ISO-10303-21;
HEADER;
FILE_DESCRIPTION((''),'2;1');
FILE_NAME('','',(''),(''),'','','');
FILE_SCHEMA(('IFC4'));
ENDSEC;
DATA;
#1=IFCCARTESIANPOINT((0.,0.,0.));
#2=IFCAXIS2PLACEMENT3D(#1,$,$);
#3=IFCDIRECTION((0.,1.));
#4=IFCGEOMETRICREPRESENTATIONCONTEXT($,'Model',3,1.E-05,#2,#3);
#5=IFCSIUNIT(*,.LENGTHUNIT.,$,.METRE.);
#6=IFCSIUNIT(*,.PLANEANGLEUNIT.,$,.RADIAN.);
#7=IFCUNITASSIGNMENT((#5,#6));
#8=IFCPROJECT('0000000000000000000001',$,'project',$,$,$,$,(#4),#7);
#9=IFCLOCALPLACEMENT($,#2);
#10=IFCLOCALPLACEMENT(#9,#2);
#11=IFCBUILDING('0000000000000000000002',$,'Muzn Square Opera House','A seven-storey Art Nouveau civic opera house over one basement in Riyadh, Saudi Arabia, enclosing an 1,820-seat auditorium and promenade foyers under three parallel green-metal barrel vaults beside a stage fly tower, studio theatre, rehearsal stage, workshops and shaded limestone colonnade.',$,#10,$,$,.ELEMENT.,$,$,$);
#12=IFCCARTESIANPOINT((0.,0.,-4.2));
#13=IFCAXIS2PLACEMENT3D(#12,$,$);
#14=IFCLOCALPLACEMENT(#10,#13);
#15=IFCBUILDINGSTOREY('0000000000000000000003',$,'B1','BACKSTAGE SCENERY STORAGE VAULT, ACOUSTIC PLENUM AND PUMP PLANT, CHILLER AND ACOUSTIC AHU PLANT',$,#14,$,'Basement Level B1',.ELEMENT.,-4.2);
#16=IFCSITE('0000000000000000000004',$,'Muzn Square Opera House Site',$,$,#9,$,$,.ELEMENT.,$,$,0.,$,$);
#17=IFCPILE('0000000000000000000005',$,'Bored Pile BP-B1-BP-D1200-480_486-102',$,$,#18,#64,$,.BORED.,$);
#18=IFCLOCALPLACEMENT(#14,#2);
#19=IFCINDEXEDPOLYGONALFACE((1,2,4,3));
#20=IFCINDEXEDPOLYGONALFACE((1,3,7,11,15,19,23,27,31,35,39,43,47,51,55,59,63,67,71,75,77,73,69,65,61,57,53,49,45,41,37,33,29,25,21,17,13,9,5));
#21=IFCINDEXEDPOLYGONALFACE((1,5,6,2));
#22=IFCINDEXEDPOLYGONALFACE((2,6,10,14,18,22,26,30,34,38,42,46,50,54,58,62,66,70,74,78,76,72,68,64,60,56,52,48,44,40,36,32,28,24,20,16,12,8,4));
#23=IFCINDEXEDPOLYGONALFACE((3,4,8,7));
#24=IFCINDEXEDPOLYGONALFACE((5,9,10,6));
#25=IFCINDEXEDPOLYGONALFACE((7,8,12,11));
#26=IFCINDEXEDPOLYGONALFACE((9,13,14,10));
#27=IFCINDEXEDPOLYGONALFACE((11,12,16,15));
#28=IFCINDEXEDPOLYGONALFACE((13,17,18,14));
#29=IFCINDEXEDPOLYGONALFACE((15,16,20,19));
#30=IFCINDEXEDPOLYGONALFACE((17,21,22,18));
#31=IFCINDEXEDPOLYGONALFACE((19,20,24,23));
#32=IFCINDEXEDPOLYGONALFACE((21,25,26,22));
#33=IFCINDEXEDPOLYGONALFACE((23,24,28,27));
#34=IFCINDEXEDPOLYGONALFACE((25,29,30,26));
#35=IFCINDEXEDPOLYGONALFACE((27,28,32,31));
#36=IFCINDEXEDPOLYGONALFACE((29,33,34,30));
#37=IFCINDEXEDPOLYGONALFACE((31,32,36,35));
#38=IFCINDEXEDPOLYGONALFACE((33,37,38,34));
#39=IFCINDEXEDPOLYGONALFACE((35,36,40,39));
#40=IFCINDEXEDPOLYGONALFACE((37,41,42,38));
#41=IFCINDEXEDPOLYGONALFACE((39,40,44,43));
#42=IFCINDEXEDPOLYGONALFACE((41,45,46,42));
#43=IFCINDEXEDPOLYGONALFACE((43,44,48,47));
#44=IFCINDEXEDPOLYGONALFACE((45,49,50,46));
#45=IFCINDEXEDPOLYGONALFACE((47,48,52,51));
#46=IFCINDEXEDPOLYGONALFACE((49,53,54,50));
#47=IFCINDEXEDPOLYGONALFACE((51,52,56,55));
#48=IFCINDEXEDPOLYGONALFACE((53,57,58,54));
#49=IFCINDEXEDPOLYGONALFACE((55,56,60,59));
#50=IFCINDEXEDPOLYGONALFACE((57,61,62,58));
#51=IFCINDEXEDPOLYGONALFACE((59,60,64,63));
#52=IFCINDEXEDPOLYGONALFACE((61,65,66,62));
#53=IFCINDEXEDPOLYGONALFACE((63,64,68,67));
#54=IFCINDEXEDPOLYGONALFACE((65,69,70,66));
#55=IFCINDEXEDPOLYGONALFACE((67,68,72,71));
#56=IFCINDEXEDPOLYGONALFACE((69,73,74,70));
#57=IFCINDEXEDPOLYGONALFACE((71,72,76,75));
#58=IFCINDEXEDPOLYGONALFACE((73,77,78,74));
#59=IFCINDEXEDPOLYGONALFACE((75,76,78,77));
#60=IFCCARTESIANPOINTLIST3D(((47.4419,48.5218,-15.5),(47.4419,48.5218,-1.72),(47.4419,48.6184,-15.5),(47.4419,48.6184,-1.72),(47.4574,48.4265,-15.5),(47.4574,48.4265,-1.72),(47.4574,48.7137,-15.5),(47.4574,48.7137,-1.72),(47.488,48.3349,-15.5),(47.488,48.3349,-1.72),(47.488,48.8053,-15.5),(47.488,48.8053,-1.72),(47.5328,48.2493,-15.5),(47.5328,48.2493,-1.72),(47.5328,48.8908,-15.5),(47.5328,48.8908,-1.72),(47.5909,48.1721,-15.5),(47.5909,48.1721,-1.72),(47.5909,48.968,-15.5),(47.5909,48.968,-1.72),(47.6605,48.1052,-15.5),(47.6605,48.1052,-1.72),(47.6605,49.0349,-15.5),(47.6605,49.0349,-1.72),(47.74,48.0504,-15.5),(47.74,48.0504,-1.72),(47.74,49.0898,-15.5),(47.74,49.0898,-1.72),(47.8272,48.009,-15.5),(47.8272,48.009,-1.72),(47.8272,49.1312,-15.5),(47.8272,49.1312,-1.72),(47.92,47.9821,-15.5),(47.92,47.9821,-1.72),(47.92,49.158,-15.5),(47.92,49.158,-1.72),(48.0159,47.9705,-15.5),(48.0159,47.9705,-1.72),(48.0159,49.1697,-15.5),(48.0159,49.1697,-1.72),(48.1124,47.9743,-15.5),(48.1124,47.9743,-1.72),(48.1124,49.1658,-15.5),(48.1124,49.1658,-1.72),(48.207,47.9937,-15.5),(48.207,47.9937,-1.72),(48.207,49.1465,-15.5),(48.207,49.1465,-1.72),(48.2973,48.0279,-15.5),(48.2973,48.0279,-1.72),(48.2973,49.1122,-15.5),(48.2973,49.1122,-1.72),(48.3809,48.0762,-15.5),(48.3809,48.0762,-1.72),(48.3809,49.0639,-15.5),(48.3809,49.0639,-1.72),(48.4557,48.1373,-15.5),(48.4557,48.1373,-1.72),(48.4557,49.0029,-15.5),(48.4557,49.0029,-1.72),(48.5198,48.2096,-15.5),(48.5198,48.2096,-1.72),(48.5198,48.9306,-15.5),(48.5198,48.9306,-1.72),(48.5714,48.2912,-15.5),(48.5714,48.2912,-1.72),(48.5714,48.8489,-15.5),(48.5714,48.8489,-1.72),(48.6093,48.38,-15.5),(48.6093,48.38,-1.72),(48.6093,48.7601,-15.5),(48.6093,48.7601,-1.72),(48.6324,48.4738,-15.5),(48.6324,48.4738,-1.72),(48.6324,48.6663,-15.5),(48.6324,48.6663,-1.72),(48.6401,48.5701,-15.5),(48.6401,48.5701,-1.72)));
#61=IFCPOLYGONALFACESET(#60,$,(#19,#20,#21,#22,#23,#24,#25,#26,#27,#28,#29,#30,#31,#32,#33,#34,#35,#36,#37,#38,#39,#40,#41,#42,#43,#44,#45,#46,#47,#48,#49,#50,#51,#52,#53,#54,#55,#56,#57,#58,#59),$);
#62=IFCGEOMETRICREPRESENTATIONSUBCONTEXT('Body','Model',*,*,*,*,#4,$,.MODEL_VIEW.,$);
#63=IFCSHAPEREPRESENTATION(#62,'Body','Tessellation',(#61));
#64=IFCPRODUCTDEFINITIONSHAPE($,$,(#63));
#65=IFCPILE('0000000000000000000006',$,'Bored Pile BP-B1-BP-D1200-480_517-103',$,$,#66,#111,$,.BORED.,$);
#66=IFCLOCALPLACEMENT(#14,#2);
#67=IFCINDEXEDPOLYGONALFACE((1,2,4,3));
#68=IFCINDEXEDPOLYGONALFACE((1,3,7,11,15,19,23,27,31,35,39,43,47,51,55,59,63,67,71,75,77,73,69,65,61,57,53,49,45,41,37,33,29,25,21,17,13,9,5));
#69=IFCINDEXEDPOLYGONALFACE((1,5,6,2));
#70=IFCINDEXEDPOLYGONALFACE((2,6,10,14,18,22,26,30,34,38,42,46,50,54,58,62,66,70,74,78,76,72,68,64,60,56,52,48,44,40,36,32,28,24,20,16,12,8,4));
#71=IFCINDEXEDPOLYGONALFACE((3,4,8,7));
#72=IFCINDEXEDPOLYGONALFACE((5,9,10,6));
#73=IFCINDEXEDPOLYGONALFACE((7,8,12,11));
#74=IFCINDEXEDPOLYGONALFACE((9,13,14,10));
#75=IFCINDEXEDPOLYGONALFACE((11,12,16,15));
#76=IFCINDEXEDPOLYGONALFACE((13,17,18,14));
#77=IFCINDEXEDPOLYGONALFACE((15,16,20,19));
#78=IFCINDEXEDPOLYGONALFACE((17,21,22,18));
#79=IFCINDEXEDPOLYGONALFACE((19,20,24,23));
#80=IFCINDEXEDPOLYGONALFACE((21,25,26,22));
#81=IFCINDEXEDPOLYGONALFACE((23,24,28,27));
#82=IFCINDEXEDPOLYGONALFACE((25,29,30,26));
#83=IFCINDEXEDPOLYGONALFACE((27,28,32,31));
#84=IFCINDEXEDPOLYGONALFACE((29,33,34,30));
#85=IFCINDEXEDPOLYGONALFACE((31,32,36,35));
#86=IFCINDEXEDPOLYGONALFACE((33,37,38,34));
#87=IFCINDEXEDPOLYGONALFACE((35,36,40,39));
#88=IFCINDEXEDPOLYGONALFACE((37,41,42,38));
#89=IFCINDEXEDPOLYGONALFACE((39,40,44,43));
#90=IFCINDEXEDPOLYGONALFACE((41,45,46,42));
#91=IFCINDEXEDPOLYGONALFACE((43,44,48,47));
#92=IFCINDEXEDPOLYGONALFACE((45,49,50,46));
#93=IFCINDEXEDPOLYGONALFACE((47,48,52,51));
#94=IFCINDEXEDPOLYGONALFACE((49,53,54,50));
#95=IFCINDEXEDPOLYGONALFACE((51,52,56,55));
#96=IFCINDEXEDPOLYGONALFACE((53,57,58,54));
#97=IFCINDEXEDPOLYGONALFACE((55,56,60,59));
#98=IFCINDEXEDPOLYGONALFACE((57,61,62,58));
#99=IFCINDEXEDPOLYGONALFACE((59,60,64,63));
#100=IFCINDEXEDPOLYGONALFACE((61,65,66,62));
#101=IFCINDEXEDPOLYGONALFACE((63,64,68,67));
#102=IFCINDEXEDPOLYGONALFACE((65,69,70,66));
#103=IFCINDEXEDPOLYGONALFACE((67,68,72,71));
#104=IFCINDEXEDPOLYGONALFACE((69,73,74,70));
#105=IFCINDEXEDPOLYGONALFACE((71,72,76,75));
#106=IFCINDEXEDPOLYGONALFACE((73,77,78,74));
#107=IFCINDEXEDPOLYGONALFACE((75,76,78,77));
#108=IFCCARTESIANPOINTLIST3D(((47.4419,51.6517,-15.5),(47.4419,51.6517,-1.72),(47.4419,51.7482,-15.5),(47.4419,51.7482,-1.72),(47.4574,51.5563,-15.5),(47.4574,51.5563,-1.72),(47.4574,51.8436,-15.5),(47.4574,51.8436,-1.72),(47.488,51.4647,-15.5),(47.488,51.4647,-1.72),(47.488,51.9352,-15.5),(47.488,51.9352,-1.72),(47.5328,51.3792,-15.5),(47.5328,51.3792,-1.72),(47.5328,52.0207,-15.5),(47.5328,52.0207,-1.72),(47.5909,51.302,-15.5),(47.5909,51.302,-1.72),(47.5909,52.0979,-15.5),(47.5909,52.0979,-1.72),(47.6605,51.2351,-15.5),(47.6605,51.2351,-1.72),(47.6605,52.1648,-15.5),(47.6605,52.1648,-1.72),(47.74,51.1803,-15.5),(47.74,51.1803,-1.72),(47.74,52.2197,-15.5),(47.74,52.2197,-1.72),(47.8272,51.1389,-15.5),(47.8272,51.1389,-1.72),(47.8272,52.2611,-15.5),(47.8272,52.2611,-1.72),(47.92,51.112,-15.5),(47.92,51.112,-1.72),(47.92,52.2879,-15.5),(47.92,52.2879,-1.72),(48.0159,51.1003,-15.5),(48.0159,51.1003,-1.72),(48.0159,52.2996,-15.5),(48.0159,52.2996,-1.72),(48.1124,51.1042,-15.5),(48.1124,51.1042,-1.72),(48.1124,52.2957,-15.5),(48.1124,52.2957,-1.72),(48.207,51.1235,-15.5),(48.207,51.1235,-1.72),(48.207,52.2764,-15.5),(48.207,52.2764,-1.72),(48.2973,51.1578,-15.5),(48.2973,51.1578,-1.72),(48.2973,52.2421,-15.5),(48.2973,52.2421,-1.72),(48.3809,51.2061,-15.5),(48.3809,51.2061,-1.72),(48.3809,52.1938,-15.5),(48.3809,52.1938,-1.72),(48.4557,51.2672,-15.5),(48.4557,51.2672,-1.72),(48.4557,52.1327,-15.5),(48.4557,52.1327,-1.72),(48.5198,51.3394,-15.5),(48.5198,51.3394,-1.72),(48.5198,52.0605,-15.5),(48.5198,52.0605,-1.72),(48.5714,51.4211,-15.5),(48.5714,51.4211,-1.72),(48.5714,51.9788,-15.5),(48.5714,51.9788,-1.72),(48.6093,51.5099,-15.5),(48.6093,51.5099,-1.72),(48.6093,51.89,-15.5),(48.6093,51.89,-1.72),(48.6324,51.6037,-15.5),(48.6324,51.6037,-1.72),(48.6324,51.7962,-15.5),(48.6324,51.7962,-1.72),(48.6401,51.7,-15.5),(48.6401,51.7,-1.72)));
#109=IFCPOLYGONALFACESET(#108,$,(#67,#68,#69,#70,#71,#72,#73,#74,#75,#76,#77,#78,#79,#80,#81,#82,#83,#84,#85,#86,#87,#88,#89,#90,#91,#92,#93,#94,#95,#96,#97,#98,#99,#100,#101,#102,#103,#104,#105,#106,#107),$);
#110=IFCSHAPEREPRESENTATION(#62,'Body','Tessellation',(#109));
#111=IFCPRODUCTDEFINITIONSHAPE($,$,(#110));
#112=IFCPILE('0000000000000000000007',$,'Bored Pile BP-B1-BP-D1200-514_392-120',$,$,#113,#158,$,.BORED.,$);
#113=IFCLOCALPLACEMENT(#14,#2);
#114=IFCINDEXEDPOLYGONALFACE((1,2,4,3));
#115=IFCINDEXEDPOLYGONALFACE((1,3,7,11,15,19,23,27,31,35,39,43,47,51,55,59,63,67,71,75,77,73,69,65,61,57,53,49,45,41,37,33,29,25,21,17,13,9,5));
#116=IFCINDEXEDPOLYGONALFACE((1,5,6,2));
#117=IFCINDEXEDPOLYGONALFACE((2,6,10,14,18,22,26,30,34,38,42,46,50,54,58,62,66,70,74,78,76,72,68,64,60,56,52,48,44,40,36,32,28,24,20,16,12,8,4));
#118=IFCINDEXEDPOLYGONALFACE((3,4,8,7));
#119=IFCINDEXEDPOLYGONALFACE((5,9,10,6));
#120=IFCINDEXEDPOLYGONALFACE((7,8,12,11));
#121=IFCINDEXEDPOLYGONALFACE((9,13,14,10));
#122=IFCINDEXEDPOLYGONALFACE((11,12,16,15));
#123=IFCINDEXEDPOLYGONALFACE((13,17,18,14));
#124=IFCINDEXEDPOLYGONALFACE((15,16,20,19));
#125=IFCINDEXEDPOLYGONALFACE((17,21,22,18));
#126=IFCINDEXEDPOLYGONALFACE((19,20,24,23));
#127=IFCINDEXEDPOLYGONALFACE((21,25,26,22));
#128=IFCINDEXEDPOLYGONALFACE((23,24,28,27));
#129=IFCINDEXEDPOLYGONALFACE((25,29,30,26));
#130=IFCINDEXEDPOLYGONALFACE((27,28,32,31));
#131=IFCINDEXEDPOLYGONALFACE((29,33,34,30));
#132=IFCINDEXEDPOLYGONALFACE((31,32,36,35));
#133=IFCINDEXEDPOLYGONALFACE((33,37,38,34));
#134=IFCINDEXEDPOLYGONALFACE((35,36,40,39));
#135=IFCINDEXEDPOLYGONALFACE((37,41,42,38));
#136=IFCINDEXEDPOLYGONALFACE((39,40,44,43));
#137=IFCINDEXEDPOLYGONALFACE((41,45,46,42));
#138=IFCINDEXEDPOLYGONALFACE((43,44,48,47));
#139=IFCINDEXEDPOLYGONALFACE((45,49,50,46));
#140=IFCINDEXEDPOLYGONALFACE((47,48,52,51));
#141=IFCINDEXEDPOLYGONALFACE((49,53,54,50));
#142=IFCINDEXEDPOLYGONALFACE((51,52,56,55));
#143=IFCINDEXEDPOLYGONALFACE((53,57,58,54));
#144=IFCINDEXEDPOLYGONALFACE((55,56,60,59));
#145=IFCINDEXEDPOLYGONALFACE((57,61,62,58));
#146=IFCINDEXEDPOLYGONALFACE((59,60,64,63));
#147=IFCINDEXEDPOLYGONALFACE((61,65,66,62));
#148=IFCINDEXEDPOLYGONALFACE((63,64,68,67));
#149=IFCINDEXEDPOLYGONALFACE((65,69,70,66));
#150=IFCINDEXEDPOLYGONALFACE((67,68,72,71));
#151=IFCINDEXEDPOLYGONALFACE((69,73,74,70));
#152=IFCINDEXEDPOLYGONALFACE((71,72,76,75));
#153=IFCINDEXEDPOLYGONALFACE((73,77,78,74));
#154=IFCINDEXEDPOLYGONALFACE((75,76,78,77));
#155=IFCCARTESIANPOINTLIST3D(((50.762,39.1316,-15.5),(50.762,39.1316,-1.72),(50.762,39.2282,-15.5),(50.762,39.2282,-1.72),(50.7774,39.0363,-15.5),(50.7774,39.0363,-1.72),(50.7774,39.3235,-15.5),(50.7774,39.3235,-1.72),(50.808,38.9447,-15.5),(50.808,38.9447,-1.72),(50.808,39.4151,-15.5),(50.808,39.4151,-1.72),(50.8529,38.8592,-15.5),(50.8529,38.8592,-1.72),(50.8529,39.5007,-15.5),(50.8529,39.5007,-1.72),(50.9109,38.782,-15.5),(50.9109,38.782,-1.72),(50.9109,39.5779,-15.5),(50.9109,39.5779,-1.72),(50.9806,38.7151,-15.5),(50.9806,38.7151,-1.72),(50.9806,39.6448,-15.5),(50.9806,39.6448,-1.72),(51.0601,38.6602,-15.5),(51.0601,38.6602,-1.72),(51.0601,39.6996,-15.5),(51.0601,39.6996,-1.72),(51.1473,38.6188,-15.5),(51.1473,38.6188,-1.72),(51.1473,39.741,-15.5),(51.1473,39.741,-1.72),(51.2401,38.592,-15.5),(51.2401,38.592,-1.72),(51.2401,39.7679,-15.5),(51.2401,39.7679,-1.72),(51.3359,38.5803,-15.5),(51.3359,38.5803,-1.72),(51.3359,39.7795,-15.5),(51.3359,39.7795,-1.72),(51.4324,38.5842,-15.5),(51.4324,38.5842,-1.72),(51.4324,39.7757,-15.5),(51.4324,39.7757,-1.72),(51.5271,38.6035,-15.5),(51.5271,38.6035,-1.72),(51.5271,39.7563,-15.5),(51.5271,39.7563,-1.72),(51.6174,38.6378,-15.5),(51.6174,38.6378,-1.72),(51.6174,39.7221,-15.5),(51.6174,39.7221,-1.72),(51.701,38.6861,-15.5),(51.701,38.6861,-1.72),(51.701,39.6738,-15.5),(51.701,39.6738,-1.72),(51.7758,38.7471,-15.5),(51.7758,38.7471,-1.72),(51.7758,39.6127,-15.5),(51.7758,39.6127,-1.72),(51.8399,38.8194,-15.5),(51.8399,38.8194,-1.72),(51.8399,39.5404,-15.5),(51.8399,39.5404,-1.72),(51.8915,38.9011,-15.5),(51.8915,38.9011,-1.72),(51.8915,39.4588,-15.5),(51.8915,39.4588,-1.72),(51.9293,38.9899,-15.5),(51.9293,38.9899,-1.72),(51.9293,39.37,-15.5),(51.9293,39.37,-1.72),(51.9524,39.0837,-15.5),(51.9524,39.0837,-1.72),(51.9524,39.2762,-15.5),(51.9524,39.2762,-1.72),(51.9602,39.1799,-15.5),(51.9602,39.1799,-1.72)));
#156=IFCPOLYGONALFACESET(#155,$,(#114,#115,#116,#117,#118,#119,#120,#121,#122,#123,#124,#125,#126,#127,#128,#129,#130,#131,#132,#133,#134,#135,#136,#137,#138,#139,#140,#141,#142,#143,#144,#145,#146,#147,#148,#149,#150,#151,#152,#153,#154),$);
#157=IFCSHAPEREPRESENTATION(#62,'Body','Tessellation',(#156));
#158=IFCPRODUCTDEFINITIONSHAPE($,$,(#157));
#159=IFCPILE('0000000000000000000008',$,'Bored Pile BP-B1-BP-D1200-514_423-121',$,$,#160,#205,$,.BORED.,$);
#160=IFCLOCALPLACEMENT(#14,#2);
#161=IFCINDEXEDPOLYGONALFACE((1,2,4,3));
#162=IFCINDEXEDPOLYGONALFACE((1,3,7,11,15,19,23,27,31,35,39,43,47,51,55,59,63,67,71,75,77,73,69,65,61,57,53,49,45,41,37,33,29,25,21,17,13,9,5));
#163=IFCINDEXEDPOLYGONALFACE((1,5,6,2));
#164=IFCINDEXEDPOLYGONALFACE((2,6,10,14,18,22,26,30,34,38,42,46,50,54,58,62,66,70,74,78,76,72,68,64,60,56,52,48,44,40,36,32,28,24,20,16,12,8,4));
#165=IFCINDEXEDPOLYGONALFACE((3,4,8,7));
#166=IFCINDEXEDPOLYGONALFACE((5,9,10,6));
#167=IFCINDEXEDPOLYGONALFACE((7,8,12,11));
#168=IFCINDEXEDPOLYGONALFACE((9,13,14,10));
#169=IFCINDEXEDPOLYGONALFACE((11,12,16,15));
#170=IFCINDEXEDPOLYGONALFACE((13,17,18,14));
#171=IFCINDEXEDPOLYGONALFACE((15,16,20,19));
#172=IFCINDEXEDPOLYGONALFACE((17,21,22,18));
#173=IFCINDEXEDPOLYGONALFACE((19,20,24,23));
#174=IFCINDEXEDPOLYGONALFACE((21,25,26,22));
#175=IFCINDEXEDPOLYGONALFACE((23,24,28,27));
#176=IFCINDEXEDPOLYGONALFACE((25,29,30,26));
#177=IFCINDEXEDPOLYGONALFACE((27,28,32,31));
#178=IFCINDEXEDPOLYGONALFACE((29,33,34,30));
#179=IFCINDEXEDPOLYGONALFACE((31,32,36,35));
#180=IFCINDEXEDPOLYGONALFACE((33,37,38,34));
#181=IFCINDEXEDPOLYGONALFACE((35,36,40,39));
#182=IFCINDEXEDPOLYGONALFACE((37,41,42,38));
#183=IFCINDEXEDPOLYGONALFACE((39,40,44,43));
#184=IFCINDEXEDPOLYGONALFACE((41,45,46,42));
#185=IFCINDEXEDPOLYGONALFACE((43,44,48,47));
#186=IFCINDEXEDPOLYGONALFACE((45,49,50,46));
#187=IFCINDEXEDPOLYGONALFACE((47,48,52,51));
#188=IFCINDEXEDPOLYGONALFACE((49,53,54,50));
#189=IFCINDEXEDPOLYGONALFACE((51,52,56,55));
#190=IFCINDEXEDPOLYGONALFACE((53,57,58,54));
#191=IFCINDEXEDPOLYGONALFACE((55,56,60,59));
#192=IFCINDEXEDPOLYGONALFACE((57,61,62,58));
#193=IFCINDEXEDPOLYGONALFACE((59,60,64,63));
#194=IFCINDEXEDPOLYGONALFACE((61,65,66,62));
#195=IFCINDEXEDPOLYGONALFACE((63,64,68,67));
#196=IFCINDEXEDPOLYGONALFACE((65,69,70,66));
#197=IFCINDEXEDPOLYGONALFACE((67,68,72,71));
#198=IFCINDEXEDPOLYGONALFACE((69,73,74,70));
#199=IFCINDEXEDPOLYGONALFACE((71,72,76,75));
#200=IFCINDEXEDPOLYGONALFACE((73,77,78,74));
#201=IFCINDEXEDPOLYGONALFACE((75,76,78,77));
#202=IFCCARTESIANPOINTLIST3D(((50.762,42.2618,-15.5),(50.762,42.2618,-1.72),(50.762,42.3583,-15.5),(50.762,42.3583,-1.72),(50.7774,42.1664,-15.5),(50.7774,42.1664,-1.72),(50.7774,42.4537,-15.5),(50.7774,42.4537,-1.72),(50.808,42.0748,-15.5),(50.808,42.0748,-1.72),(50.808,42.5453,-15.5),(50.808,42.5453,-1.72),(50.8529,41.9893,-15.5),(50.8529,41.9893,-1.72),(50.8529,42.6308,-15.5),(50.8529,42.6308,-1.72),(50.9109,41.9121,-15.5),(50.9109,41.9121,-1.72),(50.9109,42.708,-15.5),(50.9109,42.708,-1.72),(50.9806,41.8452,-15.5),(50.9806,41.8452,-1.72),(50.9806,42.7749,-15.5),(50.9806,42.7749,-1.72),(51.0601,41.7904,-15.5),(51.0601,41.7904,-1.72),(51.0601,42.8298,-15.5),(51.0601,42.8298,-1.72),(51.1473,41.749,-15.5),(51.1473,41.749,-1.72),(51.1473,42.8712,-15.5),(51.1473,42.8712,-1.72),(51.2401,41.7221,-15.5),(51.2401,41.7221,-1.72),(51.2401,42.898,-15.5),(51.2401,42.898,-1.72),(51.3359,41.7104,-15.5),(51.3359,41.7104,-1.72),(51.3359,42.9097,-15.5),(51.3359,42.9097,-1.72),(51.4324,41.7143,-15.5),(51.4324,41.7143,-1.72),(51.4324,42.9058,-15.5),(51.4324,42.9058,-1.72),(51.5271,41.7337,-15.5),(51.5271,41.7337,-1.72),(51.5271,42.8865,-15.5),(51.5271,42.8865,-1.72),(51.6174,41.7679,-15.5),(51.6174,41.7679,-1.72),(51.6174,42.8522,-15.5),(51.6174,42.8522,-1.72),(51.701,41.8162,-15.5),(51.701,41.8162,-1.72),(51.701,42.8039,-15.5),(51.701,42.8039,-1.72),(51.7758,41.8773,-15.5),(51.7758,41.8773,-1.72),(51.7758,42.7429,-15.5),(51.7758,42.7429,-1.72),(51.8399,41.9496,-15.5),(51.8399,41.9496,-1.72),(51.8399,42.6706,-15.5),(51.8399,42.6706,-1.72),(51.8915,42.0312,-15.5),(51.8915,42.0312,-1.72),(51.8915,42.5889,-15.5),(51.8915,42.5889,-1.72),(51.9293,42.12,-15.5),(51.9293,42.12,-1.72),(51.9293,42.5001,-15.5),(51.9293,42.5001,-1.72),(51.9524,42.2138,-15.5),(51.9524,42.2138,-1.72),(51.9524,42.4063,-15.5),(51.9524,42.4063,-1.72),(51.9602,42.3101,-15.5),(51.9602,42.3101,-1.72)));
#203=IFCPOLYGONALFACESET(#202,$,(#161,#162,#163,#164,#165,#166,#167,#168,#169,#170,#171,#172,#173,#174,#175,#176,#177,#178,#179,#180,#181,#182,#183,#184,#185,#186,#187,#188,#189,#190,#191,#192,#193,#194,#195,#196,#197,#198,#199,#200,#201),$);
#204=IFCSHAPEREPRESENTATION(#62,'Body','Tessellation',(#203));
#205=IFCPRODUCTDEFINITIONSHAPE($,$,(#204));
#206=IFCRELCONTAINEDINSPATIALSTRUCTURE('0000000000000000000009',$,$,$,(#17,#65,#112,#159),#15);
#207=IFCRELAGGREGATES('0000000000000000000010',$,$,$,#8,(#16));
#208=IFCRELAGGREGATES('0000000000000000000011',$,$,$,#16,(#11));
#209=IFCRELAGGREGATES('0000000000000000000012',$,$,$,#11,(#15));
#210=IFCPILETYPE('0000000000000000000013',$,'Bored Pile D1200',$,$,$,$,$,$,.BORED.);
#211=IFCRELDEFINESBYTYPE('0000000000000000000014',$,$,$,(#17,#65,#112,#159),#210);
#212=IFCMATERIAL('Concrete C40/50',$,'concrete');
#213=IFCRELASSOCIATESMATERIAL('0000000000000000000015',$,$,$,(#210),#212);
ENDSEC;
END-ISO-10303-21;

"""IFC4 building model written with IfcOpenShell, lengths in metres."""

from ifc_helpers import new_model, si_unit, direction, frame, origin, origin_2d, place, context, subcontext, project, spatial, circle, extrude, material, material_profile, profile_set, type_object, element, save


model = new_model("IFC4")

# Units and contexts
model_context = context("Model", 3, precision=1e-05, world=origin(), true_north=direction((0.0, 1.0)))
body_context = subcontext(model_context, "Body", "Model", "MODEL_VIEW")
ifc_project = project(units=[si_unit("LENGTHUNIT", "METRE"), si_unit("PLANEANGLEUNIT", "RADIAN")], contexts=[model_context])

# Site, building, storey
site_placement = place(None, origin())
site = spatial("IfcSite", under=ifc_project, at=site_placement, Name="Muzn Square Opera House Site", CompositionType="ELEMENT", RefElevation=0.0)
building_placement = place(site_placement, origin())
building = spatial("IfcBuilding", under=site, at=building_placement, Name="Muzn Square Opera House", Description="A seven-storey Art Nouveau civic opera house over one basement in Riyadh, Saudi Arabia, enclosing an 1,820-seat auditorium and promenade foyers under three parallel green-metal barrel vaults beside a stage fly tower, studio theatre, rehearsal stage, workshops and shaded limestone colonnade.", CompositionType="ELEMENT")
storey_placement = place(building_placement, frame((0.0, 0.0, -4.2)))
storey = spatial("IfcBuildingStorey", under=building, at=storey_placement, Name="B1", Description="BACKSTAGE SCENERY STORAGE VAULT, ACOUSTIC PLENUM AND PUMP PLANT, CHILLER AND ACOUSTIC AHU PLANT", LongName="Basement Level B1", CompositionType="ELEMENT", Elevation=-4.2)

# Piles
ifc_material = material(Name="Concrete C40/50", Category="concrete")
ifc_material_profile = material_profile(ifc_material, circle(Radius=0.6001, at=origin_2d()), Name="BORED PILE D1200", Category="concrete")
ifc_profile_set = profile_set([ifc_material_profile], Name="Concrete C40/50")
pile_type = type_object("IfcPileType", Name="Bored Pile D1200", PredefinedType="BORED", material=ifc_profile_set)
for number, where, z_axis, x_axis, name in (
    (1, (48.04, 48.5701, -1.72), (0.0, 0.0, -1.0), (1.0, 0.0, 0.0), "Bored Pile BP-B1-BP-D1200-480_486-102"),
    (2, (48.04, 51.7, -1.72), (0.0, 0.0, -1.0), (1.0, 0.0, 0.0), "Bored Pile BP-B1-BP-D1200-480_517-103"),
    (3, (51.3601, 39.1799, -1.72), (0.0, 0.0, -1.0), (1.0, 0.0, 0.0), "Bored Pile BP-B1-BP-D1200-514_392-120"),
    (4, (51.3601, 42.3101, -1.72), (0.0, 0.0, -1.0), (1.0, 0.0, 0.0), "Bored Pile BP-B1-BP-D1200-514_423-121"),
):
    element("IfcPile", number, at=place(storey_placement, frame(where, z_axis=z_axis, x_axis=x_axis)), inside=storey, type_object=pile_type, Name=name, PredefinedType="BORED", context=body_context, shape_type="SweptSolid", body=[
        extrude(circle(Radius=0.6001, at=origin_2d()), origin(), (0.0, 0.0, 1.0), 13.78),
    ])

save(model, "model.ifc")
